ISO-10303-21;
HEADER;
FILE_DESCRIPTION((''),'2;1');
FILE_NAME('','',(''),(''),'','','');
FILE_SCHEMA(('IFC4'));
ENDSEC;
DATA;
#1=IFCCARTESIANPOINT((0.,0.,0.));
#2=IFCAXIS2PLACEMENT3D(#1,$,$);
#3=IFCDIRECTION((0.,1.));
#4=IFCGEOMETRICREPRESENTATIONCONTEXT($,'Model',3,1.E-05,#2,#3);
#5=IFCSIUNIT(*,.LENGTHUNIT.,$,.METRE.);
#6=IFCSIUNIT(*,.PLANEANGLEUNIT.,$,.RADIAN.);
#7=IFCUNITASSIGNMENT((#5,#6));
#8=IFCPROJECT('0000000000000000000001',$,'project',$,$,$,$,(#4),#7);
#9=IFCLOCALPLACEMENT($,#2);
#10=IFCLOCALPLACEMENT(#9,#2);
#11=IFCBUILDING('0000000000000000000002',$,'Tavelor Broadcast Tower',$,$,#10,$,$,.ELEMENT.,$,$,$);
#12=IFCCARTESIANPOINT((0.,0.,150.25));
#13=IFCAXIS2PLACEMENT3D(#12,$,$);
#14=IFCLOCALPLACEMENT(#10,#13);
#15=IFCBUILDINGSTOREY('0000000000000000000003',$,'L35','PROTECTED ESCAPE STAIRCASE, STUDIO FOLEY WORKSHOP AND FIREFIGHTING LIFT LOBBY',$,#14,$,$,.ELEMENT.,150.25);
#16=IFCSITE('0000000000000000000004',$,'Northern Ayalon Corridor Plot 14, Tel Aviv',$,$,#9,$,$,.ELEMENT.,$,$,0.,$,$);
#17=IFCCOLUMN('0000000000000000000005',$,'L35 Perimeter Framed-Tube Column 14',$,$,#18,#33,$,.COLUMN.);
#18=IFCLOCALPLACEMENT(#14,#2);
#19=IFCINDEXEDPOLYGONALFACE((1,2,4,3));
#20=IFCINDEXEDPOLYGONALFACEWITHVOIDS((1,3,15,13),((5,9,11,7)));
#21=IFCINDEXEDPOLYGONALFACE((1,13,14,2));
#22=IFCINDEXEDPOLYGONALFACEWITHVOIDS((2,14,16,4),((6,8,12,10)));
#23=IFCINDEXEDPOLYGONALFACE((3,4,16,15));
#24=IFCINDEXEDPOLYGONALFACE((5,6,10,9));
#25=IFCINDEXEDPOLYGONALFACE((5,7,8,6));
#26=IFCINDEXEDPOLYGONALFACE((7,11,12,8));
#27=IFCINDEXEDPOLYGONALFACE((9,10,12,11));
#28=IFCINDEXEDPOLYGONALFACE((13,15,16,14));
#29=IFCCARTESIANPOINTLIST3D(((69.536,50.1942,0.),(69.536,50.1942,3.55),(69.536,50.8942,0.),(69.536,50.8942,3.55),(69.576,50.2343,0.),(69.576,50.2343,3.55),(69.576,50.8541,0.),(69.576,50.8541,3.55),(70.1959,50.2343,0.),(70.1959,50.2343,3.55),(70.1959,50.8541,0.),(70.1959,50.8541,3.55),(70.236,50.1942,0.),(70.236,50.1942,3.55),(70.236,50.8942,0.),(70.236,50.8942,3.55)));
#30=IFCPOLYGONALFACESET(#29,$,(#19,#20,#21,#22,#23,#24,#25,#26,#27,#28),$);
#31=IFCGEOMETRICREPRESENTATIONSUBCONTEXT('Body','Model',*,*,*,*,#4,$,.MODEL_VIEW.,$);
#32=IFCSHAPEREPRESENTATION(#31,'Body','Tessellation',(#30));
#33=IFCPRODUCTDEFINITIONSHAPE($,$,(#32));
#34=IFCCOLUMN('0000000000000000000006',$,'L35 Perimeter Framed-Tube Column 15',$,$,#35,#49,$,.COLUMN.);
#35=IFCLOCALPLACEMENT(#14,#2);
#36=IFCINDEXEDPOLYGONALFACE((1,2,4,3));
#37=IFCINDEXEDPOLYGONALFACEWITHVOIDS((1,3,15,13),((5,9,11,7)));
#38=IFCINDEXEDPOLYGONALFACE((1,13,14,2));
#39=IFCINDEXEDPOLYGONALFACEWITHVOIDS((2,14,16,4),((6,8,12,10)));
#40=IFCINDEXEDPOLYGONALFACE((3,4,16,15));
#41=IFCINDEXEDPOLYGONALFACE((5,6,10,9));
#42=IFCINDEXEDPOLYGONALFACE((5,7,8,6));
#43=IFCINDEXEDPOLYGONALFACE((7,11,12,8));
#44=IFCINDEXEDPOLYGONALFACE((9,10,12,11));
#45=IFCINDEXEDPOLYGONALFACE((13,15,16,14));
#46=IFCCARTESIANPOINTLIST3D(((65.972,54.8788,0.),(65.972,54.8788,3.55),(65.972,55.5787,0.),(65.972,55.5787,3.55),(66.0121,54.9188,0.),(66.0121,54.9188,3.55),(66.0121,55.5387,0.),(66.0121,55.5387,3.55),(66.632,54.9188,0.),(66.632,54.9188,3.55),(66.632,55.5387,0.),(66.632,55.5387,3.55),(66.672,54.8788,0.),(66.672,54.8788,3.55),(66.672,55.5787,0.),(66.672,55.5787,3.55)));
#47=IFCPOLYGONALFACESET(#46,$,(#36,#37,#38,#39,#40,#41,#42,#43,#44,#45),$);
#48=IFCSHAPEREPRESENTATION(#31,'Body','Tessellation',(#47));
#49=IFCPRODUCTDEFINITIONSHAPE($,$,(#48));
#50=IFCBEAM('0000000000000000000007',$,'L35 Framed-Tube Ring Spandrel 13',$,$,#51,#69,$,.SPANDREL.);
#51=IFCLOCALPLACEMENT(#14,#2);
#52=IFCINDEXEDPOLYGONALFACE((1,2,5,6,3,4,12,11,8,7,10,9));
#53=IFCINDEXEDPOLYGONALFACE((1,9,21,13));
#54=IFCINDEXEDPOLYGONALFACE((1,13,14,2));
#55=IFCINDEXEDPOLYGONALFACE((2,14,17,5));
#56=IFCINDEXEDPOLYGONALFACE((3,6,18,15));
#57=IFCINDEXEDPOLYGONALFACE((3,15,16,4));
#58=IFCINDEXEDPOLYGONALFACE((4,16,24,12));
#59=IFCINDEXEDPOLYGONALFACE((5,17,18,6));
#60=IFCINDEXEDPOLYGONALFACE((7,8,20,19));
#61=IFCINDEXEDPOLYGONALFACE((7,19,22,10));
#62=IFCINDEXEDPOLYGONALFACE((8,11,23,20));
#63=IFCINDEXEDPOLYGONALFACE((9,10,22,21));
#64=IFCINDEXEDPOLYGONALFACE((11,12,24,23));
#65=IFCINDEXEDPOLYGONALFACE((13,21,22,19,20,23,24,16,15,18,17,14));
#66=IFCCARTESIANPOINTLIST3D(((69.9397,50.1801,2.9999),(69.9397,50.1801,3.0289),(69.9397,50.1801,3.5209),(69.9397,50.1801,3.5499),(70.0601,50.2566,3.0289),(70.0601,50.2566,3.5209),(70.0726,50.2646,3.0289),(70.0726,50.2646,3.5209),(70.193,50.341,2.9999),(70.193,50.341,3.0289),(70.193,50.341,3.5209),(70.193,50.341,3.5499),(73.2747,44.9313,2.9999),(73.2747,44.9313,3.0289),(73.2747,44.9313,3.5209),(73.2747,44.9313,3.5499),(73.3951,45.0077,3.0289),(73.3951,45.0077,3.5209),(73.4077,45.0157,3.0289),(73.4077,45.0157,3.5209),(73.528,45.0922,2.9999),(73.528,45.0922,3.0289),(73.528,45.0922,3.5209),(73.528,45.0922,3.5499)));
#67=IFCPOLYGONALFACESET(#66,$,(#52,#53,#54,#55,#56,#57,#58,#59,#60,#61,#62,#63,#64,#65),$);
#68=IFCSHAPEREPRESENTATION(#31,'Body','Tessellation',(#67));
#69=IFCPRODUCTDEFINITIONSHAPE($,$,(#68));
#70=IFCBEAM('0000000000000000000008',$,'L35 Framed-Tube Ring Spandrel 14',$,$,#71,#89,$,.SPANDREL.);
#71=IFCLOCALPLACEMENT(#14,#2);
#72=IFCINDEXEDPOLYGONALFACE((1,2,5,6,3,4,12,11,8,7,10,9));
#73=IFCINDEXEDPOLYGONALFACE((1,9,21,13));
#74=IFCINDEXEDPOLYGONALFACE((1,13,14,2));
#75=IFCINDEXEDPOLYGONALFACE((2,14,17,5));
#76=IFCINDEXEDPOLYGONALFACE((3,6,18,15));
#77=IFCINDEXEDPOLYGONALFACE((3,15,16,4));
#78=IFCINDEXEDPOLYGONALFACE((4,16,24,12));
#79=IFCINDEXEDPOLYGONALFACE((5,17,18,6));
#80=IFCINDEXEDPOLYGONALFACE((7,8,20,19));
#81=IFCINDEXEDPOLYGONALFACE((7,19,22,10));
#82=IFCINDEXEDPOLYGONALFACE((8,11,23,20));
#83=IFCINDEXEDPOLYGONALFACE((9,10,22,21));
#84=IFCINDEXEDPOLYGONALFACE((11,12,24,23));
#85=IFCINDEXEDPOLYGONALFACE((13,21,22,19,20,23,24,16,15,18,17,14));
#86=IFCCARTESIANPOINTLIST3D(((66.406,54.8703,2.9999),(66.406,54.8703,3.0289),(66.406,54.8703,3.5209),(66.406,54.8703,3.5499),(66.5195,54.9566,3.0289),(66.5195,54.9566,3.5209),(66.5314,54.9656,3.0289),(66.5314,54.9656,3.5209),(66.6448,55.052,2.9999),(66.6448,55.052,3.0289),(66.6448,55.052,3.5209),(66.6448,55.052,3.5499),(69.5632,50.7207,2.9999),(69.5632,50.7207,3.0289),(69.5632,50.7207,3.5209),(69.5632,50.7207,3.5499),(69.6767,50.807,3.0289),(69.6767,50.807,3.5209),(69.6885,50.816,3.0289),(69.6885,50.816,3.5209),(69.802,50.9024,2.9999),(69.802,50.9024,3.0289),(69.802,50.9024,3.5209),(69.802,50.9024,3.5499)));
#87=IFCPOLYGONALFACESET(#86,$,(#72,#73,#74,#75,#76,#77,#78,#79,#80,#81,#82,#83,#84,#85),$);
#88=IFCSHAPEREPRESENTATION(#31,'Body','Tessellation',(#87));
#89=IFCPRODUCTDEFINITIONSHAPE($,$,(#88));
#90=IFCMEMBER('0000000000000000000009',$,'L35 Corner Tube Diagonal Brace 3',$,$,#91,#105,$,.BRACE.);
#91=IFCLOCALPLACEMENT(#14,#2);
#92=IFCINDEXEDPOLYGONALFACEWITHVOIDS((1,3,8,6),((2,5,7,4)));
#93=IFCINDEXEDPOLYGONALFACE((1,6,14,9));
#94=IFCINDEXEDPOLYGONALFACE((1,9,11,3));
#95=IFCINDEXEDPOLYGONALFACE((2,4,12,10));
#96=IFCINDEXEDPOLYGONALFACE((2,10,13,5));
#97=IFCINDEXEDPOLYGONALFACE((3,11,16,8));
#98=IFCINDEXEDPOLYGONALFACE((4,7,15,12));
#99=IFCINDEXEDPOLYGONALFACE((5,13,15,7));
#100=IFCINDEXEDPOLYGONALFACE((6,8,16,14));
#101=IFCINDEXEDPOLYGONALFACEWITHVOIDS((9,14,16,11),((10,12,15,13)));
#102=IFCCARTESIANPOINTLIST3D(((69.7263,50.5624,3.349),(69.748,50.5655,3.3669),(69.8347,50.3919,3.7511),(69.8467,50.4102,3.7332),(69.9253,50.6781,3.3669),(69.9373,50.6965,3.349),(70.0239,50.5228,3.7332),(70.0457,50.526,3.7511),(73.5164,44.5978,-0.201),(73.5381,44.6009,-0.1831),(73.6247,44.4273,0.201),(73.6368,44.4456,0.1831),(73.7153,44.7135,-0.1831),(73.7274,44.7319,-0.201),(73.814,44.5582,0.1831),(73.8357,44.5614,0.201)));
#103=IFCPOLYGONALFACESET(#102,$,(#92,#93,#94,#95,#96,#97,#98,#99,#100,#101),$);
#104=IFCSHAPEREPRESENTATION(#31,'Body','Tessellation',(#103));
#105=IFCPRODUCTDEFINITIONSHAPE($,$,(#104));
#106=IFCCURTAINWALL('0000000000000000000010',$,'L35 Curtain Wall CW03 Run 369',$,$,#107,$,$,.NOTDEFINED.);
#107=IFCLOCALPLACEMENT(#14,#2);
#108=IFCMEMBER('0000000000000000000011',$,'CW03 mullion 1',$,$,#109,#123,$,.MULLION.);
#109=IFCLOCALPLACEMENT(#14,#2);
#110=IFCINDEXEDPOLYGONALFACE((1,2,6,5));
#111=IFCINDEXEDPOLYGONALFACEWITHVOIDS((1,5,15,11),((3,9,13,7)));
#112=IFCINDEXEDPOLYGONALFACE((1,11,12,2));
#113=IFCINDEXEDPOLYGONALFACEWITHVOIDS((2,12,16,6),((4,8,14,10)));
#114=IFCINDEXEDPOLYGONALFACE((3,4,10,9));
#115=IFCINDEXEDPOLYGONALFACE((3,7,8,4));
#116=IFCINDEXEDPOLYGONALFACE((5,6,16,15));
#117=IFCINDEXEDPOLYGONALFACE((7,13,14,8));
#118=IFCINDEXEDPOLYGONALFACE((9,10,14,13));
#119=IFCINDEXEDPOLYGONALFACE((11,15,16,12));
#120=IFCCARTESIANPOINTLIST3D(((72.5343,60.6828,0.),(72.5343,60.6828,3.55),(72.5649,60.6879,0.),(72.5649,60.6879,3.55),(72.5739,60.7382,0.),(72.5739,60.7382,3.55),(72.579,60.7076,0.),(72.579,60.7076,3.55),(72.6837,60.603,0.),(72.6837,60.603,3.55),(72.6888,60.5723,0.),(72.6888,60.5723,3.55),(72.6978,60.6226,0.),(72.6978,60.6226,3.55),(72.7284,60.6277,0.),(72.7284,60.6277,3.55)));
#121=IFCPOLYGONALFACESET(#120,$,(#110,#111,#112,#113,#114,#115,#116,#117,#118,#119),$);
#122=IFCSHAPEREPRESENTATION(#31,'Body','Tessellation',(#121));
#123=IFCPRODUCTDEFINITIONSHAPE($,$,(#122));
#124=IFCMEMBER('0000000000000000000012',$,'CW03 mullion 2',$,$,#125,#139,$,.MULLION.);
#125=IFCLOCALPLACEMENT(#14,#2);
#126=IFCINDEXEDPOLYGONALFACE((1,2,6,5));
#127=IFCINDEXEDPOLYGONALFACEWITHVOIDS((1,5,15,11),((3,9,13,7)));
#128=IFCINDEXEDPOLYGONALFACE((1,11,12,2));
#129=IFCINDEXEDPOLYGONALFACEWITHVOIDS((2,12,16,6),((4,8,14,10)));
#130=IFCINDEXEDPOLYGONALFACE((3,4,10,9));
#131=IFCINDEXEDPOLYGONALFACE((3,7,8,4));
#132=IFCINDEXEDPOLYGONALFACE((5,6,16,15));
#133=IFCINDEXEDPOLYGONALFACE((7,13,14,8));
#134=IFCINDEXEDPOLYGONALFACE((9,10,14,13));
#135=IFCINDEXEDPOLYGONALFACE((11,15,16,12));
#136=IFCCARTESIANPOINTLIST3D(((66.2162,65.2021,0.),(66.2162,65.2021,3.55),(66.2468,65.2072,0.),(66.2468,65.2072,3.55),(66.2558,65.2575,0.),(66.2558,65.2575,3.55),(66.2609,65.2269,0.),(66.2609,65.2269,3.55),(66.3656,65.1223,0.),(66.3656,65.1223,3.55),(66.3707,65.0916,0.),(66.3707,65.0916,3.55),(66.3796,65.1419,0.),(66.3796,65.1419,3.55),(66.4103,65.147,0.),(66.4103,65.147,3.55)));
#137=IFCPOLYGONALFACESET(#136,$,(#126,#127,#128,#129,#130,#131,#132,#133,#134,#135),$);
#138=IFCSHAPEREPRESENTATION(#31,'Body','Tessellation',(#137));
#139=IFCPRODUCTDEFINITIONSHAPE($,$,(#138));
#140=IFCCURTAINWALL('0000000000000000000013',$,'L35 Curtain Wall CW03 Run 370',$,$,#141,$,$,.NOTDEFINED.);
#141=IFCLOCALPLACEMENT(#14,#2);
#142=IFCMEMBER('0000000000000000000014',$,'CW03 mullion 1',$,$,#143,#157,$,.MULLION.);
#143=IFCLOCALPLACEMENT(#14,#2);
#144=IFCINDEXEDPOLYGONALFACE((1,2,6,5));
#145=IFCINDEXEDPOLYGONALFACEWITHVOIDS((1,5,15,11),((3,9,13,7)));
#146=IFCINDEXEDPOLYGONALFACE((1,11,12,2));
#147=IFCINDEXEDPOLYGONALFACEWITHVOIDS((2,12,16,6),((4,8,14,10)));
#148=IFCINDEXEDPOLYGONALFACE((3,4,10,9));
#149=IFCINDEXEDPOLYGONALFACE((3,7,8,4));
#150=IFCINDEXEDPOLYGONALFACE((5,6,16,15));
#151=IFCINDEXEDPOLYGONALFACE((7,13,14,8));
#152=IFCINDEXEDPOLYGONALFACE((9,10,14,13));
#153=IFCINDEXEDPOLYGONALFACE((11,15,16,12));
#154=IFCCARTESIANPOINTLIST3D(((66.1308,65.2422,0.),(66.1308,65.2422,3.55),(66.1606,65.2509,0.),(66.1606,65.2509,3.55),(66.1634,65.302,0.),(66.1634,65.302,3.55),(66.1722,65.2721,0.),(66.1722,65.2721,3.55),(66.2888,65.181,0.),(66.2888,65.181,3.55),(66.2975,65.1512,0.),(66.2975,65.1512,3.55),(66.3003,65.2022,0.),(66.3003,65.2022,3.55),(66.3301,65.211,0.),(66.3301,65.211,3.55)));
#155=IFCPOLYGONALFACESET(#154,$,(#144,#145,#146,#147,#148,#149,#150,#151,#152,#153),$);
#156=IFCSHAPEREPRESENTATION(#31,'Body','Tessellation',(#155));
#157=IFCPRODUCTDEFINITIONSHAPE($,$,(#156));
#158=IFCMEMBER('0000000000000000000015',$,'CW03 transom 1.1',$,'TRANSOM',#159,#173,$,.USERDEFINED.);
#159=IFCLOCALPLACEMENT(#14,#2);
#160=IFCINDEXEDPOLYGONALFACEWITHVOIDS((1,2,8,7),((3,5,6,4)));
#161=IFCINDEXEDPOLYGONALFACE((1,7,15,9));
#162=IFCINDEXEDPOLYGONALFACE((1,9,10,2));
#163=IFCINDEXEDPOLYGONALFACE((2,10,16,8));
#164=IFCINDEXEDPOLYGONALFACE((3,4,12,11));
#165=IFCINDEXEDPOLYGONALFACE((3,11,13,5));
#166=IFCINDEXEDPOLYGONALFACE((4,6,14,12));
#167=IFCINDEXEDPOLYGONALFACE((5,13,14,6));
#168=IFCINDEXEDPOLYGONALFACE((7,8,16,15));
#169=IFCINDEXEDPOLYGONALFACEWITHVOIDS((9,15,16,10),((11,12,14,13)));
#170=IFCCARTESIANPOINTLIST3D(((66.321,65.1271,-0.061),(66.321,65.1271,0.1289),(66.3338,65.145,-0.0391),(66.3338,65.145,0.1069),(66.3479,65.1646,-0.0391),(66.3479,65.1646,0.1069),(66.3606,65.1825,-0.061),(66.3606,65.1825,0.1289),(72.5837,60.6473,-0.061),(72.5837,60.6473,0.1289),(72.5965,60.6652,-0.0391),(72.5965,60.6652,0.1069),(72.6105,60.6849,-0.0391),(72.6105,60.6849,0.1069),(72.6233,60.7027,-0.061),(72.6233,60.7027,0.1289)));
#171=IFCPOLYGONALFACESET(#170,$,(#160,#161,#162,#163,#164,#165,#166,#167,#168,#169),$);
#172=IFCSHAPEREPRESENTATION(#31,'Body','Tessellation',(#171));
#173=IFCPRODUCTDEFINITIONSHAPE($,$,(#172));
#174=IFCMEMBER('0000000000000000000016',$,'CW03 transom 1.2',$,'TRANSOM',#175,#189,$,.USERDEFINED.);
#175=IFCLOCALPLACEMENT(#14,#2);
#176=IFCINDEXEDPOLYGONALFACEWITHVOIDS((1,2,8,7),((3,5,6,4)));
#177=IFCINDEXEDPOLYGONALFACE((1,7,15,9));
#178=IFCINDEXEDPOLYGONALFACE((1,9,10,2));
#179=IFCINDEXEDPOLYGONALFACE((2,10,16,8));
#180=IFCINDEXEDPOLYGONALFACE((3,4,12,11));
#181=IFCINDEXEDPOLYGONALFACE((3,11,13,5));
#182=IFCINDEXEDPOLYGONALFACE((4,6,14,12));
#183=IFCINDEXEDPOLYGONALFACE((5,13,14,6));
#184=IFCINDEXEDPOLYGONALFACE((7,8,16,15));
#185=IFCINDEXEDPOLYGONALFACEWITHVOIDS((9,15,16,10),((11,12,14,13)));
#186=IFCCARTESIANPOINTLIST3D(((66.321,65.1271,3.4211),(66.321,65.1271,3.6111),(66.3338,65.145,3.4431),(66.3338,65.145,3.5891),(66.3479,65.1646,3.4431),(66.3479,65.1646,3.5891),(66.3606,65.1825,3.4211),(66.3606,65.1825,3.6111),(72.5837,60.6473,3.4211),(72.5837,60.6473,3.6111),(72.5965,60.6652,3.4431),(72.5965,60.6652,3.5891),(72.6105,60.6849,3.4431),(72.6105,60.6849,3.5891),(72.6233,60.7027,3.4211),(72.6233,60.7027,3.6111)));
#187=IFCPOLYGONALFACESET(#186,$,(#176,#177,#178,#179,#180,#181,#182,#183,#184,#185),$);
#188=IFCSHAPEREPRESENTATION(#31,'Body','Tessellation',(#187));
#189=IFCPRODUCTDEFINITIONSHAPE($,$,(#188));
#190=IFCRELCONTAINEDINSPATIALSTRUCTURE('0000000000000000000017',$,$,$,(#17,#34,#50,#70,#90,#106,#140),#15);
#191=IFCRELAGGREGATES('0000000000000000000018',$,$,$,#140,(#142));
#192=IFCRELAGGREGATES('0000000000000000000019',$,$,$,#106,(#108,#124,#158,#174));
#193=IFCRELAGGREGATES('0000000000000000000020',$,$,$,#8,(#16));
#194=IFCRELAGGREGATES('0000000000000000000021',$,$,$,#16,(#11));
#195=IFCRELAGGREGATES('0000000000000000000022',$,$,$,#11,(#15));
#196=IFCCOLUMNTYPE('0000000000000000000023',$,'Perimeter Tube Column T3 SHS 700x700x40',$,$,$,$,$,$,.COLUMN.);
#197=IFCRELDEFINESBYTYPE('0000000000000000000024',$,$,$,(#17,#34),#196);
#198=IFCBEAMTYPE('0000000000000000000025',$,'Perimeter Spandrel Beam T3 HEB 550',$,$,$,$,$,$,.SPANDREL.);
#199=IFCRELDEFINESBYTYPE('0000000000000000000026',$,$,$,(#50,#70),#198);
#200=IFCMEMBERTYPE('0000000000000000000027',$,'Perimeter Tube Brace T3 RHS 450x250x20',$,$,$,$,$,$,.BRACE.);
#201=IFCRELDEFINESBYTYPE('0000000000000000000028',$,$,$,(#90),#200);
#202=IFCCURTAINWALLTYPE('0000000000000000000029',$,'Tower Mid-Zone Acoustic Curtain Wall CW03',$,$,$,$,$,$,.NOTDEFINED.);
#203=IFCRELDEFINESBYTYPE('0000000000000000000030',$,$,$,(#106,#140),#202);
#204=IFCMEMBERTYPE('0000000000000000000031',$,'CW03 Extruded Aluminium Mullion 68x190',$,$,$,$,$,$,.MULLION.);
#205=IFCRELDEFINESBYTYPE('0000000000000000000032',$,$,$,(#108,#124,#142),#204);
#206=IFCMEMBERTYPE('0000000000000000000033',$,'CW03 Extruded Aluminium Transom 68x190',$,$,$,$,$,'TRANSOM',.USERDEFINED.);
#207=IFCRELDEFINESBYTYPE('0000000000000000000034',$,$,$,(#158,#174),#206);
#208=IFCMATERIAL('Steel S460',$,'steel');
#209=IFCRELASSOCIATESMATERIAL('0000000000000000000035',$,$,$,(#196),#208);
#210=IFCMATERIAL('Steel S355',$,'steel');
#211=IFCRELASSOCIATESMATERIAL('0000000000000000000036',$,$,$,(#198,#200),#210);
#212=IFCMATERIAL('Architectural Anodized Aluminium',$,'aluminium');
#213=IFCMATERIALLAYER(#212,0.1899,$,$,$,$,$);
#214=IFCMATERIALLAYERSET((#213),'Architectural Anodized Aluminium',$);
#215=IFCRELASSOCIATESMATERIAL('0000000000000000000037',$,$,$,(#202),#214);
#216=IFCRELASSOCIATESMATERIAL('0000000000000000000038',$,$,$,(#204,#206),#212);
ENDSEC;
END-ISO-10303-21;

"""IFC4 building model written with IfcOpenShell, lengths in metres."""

from ifc_helpers import new_model, si_unit, direction, frame, origin, origin_2d, place, context, subcontext, project, spatial, hollow_rectangle, i_section, extrude, source, transform, mapped, material, layer, layer_set, material_profile, profile_set, type_object, type_shapes, element, aggregate, save


model = new_model("IFC4")

# Units and contexts
model_context = context("Model", 3, precision=1e-05, world=origin(), true_north=direction((0.0, 1.0)))
body_context = subcontext(model_context, "Body", "Model", "MODEL_VIEW")
ifc_project = project(units=[si_unit("LENGTHUNIT", "METRE"), si_unit("PLANEANGLEUNIT", "RADIAN")], contexts=[model_context])

# Site, building, storey
site_placement = place(None, origin())
site = spatial("IfcSite", under=ifc_project, at=site_placement, Name="Northern Ayalon Corridor Plot 14, Tel Aviv", CompositionType="ELEMENT", RefElevation=0.0)
building_placement = place(site_placement, origin())
building = spatial("IfcBuilding", under=site, at=building_placement, Name="Tavelor Broadcast Tower", CompositionType="ELEMENT")
storey_placement = place(building_placement, frame((0.0, 0.0, 150.25)))
storey = spatial("IfcBuildingStorey", under=building, at=storey_placement, Name="L35", Description="PROTECTED ESCAPE STAIRCASE, STUDIO FOLEY WORKSHOP AND FIREFIGHTING LIFT LOBBY", CompositionType="ELEMENT", Elevation=150.25)

# Columns
ifc_material_1 = material(Name="Steel S460", Category="steel")
ifc_material_profile_1 = material_profile(ifc_material_1, hollow_rectangle(XDim=0.7, YDim=0.7, WallThickness=0.04, at=origin_2d()), Name="SHS 700x700x40")
ifc_profile_set_1 = profile_set([ifc_material_profile_1], Name="Steel S460")
column_type = type_object("IfcColumnType", Name="Perimeter Tube Column T3 SHS 700x700x40", PredefinedType="COLUMN", material=ifc_profile_set_1)
for number, where, z_axis, x_axis, name in (
    (1, (69.886, 50.5442, 0.0), (0.0, 0.0, 1.0), (1.0, 0.0, 0.0), "L35 Perimeter Framed-Tube Column 14"),
    (2, (66.322, 55.2288, 0.0), (0.0, 0.0, 1.0), (1.0, 0.0, 0.0), "L35 Perimeter Framed-Tube Column 15"),
):
    element("IfcColumn", number, at=place(storey_placement, frame(where, z_axis=z_axis, x_axis=x_axis)), inside=storey, type_object=column_type, Name=name, PredefinedType="COLUMN", context=body_context, shape_type="SweptSolid", body=[
        extrude(hollow_rectangle(XDim=0.7, YDim=0.7, WallThickness=0.04, at=origin_2d()), origin(), (0.0, 0.0, 1.0), 3.55),
    ])

# Beams
ifc_material_2 = material(Name="Steel S355", Category="steel")
ifc_material_profile_2 = material_profile(ifc_material_2, i_section(OverallWidth=0.3, OverallDepth=0.55, WebThickness=0.0149, FlangeThickness=0.0291, at=origin_2d()), Name="HEB 550")
ifc_profile_set_2 = profile_set([ifc_material_profile_2], Name="Steel S355")
beam_type = type_object("IfcBeamType", Name="Perimeter Spandrel Beam T3 HEB 550", PredefinedType="SPANDREL", material=ifc_profile_set_2)
beam_1_placement = place(storey_placement, frame((73.4014, 45.0117, 3.2749), z_axis=(-0.536283, 0.844038, 0.0), x_axis=(-0.844038, -0.536283, 0.0)))
element("IfcBeam", 3, at=beam_1_placement, inside=storey, type_object=beam_type, Name="L35 Framed-Tube Ring Spandrel 13", PredefinedType="SPANDREL", context=body_context, shape_type="SweptSolid", body=[
    extrude(i_section(OverallWidth=0.3, OverallDepth=0.55, WebThickness=0.0149, FlangeThickness=0.0291, at=origin_2d()), origin(), (0.0, 0.0, 1.0), 6.2188),
])
beam_2_placement = place(storey_placement, frame((69.6826, 50.8115, 3.2749), z_axis=(-0.605507, 0.79584, 0.0), x_axis=(-0.79584, -0.605507, 0.0)))
element("IfcBeam", 4, at=beam_2_placement, inside=storey, type_object=beam_type, Name="L35 Framed-Tube Ring Spandrel 14", PredefinedType="SPANDREL", context=body_context, shape_type="SweptSolid", body=[
    extrude(i_section(OverallWidth=0.3, OverallDepth=0.55, WebThickness=0.0149, FlangeThickness=0.0291, at=origin_2d()), origin(), (0.0, 0.0, 1.0), 5.2141),
])

# Member
ifc_material_profile_3 = material_profile(ifc_material_2, hollow_rectangle(XDim=0.25, YDim=0.45, WallThickness=0.02, at=origin_2d()), Name="RHS 450x250x20")
ifc_profile_set_3 = profile_set([ifc_material_profile_3], Name="Steel S355")
member_type_1 = type_object("IfcMemberType", Name="Perimeter Tube Brace T3 RHS 450x250x20", PredefinedType="BRACE", material=ifc_profile_set_3)
member_1_placement = place(storey_placement, frame((73.676, 44.5796, 0.0), z_axis=(-0.479239, 0.754205, 0.448893), x_axis=(-0.844021, -0.53631, 0.0)))
element("IfcMember", 5, at=member_1_placement, inside=storey, type_object=member_type_1, Name="L35 Corner Tube Diagonal Brace 3", PredefinedType="BRACE", context=body_context, shape_type="SweptSolid", body=[
    extrude(hollow_rectangle(XDim=0.25, YDim=0.45, WallThickness=0.02, at=origin_2d()), origin(), (0.0, 0.0, 1.0), 7.9084),
])

# Curtain wall, members
ifc_material_3 = material(Name="Architectural Anodized Aluminium", Category="aluminium")
ifc_layer_1 = layer(ifc_material_3, 0.1899)
ifc_layer_set_1 = layer_set([ifc_layer_1], Name="Architectural Anodized Aluminium")
curtain_wall_type = type_object("IfcCurtainWallType", Name="Tower Mid-Zone Acoustic Curtain Wall CW03", PredefinedType="NOTDEFINED", material=ifc_layer_set_1)
curtain_wall_1_placement = place(storey_placement, origin())
curtain_wall_1 = element("IfcCurtainWall", 6, at=curtain_wall_1_placement, inside=storey, type_object=curtain_wall_type, Name="L35 Curtain Wall CW03 Run 369", PredefinedType="NOTDEFINED")
ifc_material_profile_4 = material_profile(ifc_material_3, hollow_rectangle(XDim=0.0681, YDim=0.1899, WallThickness=0.022, at=origin_2d()), Name="RHS 68x190x22")
ifc_profile_set_4 = profile_set([ifc_material_profile_4], Name="Architectural Anodized Aluminium")
member_type_2 = type_object("IfcMemberType", Name="CW03 Extruded Aluminium Mullion 68x190", PredefinedType="MULLION", material=ifc_profile_set_4)
shared_shape_1 = source(origin(), body_context, "Body", "SweptSolid", [
    extrude(hollow_rectangle(XDim=0.0681, YDim=0.1899, WallThickness=0.022, at=origin_2d()), origin(), (0.0, 0.0, 1.0), 3.55),
])
type_shapes(member_type_2, [shared_shape_1])
member_2_placement = place(storey_placement, frame((72.6313, 60.6553, 0.0), z_axis=(0.0, 0.0, 1.0), x_axis=(-0.581783, -0.813344, 0.0)))
member_2 = element("IfcMember", 7, at=member_2_placement, type_object=member_type_2, Name="CW03 mullion 1", PredefinedType="MULLION", context=body_context, shape_type="MappedRepresentation", body=[
    mapped(shared_shape_1, transform((0.0, 0.0, 0.0), scale=1.0)),
])
member_3_placement = place(storey_placement, frame((66.3132, 65.1746, 0.0), z_axis=(0.0, 0.0, 1.0), x_axis=(-0.581783, -0.813344, 0.0)))
member_3 = element("IfcMember", 8, at=member_3_placement, type_object=member_type_2, Name="CW03 mullion 2", PredefinedType="MULLION", context=body_context, shape_type="MappedRepresentation", body=[
    mapped(shared_shape_1, transform((0.0, 0.0, 0.0), scale=1.0)),
])

# Curtain wall, member
curtain_wall_2_placement = place(storey_placement, origin())
curtain_wall_2 = element("IfcCurtainWall", 9, at=curtain_wall_2_placement, inside=storey, type_object=curtain_wall_type, Name="L35 Curtain Wall CW03 Run 370", PredefinedType="NOTDEFINED")
member_4_placement = place(storey_placement, frame((66.2305, 65.2266, 0.0), z_axis=(0.0, 0.0, 1.0), x_axis=(-0.479074, -0.877774, 0.0)))
member_4 = element("IfcMember", 10, at=member_4_placement, type_object=member_type_2, Name="CW03 mullion 1", PredefinedType="MULLION", context=body_context, shape_type="MappedRepresentation", body=[
    mapped(shared_shape_1, transform((0.0, 0.0, 0.0), scale=1.0)),
])

# Members
ifc_material_profile_5 = material_profile(ifc_material_3, hollow_rectangle(XDim=0.0681, YDim=0.1899, WallThickness=0.022, at=origin_2d()), Name="RHS 68x190x22")
ifc_profile_set_5 = profile_set([ifc_material_profile_5], Name="Architectural Anodized Aluminium")
member_type_3 = type_object("IfcMemberType", Name="CW03 Extruded Aluminium Transom 68x190", ElementType="TRANSOM", PredefinedType="USERDEFINED", material=ifc_profile_set_5)
shared_shape_2 = source(origin(), body_context, "Body", "SweptSolid", [
    extrude(hollow_rectangle(XDim=0.0681, YDim=0.1899, WallThickness=0.022, at=origin_2d()), origin(), (0.0, 0.0, 1.0), 7.7),
])
member_5_placement = place(storey_placement, frame((72.6035, 60.675, 0.0339), z_axis=(-0.813341, 0.581787, 0.0), x_axis=(-0.581787, -0.813341, 0.0)))
member_5 = element("IfcMember", 11, at=member_5_placement, type_object=member_type_3, Name="CW03 transom 1.1", ObjectType="TRANSOM", PredefinedType="USERDEFINED", context=body_context, shape_type="MappedRepresentation", body=[
    mapped(shared_shape_2, transform((0.0, 0.0, 0.0), scale=1.0)),
])
member_6_placement = place(storey_placement, frame((72.6035, 60.675, 3.5161), z_axis=(-0.813341, 0.581787, 0.0), x_axis=(-0.581787, -0.813341, 0.0)))
member_6 = element("IfcMember", 12, at=member_6_placement, type_object=member_type_3, Name="CW03 transom 1.2", ObjectType="TRANSOM", PredefinedType="USERDEFINED", context=body_context, shape_type="MappedRepresentation", body=[
    mapped(shared_shape_2, transform((0.0, 0.0, 0.0), scale=1.0)),
])
aggregate(curtain_wall_2, [member_4])

aggregate(curtain_wall_1, [member_2, member_3, member_5, member_6])

save(model, "model.ifc")
